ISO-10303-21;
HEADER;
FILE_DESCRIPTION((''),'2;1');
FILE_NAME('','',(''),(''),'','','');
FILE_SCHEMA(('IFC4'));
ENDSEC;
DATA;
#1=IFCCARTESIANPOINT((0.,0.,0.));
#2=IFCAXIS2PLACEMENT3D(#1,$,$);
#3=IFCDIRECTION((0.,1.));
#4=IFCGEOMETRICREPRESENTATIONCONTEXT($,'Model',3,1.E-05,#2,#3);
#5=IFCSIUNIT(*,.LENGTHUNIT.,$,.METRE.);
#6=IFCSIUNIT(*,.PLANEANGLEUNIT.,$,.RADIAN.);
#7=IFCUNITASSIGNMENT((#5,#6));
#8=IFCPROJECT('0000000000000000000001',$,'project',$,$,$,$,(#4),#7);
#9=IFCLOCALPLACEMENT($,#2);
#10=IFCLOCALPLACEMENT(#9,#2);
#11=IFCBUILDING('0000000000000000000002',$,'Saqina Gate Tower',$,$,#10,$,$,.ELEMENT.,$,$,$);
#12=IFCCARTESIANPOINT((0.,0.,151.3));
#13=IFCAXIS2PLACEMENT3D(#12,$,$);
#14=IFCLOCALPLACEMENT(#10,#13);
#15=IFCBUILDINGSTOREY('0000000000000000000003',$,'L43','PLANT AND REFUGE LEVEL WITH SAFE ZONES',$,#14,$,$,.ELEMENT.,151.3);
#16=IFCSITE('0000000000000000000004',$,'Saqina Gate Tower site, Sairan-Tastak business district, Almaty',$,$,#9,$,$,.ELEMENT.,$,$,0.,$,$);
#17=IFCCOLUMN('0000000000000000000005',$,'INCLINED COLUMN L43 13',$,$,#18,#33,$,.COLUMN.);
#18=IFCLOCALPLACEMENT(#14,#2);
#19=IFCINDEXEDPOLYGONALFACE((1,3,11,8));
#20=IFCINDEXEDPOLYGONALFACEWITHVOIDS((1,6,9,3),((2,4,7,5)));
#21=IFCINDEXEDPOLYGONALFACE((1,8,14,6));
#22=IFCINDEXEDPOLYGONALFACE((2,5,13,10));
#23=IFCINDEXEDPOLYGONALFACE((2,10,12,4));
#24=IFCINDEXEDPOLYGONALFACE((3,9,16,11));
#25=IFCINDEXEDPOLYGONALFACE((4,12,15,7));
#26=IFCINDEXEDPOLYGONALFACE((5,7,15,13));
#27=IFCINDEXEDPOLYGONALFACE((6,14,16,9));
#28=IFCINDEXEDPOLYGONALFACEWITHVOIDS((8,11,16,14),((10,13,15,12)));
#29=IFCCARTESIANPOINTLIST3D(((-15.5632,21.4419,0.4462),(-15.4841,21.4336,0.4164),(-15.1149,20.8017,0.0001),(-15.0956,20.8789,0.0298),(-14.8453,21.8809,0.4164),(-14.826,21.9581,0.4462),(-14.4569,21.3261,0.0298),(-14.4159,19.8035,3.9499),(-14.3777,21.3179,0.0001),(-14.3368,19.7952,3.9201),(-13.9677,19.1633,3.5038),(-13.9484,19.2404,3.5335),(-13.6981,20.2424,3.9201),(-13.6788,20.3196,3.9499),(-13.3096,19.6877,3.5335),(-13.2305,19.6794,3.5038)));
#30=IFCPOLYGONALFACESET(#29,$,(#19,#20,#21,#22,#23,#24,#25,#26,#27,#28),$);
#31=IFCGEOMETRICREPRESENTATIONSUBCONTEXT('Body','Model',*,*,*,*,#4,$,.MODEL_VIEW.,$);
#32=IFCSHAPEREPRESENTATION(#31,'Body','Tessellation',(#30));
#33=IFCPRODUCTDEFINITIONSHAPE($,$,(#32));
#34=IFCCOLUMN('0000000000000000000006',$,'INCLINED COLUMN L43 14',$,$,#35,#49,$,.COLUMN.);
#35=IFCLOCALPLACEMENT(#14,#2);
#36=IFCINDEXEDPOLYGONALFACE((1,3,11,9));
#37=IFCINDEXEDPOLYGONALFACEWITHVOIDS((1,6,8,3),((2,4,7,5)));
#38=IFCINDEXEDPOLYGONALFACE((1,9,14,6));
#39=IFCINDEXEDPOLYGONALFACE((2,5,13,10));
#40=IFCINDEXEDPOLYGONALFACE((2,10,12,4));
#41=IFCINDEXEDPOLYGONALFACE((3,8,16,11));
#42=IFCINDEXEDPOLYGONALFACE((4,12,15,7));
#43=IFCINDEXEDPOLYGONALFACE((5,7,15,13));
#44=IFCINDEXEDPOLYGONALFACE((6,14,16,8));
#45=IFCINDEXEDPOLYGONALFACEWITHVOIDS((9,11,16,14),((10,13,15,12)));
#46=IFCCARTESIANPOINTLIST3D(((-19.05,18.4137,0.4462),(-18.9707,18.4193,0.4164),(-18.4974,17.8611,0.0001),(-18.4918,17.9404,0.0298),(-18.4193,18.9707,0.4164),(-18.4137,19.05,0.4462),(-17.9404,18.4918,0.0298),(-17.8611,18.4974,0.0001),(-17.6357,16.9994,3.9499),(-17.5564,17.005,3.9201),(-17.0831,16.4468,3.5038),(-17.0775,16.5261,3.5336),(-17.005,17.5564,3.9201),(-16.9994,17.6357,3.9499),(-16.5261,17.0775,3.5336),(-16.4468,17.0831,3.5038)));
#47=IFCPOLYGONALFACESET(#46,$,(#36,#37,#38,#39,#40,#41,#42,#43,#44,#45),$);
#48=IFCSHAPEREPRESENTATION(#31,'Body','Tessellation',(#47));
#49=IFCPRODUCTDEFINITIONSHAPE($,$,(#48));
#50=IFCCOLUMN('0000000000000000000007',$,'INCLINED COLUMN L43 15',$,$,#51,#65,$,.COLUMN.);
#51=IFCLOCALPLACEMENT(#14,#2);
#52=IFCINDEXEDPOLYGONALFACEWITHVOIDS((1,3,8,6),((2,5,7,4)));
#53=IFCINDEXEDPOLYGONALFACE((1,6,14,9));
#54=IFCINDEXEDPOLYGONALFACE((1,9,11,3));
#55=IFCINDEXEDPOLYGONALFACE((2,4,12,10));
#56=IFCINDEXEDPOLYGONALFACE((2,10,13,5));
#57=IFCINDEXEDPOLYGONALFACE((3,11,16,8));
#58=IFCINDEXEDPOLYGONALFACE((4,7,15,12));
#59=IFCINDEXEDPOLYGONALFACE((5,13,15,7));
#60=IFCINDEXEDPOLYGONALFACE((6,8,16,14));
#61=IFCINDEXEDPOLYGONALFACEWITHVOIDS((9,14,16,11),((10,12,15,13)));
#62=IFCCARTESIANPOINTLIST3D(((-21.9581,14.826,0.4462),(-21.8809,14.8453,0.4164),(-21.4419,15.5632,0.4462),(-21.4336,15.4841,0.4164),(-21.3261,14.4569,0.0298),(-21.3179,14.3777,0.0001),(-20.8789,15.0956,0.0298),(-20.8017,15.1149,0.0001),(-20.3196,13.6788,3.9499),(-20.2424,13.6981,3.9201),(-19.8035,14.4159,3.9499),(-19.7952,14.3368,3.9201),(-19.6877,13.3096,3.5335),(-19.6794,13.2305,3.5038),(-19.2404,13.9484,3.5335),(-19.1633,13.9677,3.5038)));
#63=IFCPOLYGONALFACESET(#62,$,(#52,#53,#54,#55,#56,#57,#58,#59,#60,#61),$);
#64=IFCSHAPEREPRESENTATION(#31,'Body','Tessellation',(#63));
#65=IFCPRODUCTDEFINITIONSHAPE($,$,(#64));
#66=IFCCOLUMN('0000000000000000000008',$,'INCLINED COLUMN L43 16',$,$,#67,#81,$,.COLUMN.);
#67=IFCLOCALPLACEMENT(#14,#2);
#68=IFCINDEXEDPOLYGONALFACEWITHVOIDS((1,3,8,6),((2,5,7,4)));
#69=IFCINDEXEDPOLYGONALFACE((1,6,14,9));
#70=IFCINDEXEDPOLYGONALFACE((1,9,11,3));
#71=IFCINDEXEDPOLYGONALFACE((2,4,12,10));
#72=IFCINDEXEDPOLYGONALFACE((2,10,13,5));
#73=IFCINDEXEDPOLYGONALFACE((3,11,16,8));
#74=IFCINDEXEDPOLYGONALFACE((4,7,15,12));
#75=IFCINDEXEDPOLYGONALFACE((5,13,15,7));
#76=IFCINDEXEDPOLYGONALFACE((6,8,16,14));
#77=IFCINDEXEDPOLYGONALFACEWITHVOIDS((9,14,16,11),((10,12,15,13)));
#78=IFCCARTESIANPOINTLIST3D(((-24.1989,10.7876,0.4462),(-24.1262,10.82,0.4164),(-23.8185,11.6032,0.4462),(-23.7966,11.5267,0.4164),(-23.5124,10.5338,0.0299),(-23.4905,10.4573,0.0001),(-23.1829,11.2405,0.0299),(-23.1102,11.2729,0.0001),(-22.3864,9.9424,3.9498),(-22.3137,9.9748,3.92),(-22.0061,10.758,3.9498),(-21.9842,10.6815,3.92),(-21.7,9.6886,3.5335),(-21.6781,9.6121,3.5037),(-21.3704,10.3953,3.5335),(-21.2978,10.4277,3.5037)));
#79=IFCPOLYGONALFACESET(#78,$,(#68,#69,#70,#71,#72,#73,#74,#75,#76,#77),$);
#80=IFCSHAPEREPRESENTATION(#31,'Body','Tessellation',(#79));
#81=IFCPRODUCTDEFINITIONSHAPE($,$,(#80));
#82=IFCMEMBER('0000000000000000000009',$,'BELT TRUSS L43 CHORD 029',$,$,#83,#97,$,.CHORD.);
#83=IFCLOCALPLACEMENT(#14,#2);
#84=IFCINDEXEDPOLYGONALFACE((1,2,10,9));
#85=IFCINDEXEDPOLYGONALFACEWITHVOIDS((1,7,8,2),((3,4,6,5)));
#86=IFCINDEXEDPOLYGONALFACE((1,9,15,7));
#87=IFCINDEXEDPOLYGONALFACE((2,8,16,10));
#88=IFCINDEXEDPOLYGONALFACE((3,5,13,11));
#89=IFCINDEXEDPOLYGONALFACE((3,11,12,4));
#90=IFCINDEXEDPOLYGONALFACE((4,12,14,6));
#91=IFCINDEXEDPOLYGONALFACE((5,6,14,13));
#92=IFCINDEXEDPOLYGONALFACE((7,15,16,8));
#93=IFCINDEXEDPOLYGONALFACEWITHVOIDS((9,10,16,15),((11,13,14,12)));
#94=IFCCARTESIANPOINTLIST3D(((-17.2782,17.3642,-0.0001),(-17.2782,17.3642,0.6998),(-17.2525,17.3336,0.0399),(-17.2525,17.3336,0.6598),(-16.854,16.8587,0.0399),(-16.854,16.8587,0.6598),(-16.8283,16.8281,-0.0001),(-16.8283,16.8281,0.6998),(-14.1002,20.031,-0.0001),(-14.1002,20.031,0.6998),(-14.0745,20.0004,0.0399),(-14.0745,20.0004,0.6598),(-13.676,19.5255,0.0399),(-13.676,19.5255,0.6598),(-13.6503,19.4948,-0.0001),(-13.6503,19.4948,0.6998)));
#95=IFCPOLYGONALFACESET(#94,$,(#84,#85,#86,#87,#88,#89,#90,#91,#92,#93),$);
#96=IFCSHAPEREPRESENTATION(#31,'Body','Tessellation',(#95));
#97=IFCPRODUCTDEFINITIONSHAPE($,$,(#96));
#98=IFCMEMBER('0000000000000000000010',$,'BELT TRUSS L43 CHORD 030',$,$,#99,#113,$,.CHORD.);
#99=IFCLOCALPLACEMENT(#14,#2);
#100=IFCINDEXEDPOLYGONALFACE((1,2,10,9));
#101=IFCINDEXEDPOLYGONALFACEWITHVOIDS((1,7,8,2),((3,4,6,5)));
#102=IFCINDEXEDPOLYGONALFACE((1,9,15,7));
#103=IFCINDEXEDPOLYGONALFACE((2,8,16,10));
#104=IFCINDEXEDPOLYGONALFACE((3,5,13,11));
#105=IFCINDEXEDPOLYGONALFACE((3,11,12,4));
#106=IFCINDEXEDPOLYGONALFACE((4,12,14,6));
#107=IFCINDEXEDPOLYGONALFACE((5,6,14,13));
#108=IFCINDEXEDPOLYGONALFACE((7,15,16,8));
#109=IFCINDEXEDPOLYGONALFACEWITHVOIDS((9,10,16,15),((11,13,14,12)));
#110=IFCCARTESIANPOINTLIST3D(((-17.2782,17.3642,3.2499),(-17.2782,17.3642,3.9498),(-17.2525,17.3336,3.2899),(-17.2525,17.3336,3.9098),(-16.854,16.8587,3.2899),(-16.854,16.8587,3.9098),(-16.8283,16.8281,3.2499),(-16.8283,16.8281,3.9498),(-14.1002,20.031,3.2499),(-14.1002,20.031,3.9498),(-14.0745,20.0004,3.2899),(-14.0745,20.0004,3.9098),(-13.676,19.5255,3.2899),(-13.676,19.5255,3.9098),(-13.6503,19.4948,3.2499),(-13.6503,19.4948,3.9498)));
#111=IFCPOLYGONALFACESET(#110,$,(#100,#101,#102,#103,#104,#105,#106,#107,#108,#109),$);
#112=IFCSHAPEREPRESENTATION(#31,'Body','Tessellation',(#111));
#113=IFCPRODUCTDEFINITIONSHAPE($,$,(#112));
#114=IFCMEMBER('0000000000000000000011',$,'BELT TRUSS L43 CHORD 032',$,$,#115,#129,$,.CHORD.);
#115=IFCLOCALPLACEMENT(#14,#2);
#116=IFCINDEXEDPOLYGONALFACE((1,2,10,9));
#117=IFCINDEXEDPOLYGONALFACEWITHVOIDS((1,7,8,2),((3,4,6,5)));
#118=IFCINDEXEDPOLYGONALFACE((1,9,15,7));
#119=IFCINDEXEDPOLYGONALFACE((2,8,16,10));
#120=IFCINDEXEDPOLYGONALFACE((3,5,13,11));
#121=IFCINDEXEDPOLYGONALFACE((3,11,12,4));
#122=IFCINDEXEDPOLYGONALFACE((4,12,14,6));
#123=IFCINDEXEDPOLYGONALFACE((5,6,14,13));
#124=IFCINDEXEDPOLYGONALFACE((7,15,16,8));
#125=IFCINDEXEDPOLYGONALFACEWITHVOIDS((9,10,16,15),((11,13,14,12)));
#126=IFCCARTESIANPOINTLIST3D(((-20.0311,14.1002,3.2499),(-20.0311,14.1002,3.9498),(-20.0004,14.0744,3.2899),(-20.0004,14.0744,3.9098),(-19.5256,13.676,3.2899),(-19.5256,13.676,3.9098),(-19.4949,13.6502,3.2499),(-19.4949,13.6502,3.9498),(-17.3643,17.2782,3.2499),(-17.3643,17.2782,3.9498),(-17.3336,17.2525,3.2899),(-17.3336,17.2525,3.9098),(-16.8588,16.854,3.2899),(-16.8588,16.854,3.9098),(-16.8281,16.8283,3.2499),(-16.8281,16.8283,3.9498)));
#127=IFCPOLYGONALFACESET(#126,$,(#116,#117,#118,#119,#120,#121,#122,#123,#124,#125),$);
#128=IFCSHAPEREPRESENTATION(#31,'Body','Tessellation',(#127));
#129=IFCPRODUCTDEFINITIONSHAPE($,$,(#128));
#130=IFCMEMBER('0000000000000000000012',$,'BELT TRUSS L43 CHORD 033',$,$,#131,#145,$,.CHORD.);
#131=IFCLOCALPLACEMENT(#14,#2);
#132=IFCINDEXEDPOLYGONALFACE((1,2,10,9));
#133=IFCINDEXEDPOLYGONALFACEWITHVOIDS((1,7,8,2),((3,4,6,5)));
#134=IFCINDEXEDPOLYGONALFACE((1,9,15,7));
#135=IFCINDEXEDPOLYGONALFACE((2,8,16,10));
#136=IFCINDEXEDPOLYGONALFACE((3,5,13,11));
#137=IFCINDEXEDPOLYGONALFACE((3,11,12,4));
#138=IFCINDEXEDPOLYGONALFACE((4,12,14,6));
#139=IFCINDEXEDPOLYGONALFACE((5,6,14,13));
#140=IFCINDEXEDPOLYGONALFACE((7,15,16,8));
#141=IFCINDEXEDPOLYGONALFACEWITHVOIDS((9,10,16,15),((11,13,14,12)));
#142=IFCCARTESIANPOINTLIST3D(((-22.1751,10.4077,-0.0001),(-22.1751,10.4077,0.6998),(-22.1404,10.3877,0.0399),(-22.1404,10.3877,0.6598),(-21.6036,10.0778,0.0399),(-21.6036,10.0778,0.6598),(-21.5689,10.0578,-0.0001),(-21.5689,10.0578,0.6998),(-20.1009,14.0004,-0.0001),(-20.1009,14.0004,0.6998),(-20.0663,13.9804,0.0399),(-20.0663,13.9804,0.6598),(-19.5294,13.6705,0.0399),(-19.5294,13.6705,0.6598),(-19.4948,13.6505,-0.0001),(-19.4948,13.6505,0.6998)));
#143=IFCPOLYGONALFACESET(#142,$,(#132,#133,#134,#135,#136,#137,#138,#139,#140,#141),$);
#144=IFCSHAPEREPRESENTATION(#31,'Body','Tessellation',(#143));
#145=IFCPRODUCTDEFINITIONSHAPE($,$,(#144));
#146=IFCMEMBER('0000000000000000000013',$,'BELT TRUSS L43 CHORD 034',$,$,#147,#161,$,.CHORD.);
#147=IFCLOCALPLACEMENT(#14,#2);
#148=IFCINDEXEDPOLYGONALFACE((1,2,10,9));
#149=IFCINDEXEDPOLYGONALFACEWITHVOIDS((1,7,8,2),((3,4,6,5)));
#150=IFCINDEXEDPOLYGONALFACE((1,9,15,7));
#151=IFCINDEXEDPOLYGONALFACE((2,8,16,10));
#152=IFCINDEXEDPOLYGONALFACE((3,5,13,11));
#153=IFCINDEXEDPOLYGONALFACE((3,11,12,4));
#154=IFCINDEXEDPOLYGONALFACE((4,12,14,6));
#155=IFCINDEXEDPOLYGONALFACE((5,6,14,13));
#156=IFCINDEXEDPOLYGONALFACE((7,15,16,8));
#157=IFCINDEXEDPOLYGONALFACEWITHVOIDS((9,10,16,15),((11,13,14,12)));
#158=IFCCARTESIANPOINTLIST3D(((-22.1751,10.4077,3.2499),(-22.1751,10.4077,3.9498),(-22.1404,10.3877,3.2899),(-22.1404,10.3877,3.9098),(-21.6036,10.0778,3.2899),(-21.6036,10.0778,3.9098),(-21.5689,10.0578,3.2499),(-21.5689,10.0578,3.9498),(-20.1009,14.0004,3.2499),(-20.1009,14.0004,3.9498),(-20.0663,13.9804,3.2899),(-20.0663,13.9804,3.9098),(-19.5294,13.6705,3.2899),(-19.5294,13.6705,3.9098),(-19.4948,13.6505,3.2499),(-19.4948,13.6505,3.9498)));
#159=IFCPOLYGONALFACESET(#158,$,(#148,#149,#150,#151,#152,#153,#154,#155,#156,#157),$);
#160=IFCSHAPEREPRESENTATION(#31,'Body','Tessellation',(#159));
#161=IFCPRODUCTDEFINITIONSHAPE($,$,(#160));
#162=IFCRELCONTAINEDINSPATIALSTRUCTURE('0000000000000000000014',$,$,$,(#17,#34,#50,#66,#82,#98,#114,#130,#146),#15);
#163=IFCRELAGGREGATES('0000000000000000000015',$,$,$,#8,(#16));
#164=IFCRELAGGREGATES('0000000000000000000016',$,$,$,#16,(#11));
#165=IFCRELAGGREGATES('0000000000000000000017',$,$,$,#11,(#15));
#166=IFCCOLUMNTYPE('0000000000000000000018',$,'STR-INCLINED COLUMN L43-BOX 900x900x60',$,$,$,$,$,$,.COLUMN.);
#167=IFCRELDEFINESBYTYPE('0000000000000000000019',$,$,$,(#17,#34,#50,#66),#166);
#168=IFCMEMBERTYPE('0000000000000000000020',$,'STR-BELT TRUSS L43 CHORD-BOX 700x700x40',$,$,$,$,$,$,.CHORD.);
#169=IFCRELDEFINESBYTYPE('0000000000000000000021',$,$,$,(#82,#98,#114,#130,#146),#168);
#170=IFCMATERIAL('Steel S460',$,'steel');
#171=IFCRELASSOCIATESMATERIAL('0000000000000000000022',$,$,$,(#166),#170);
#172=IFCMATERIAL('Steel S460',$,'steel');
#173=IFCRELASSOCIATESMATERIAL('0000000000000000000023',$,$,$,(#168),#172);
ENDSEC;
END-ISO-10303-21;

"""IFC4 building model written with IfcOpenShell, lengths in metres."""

from ifc_helpers import new_model, si_unit, direction, frame, origin, origin_2d, place, context, subcontext, project, spatial, hollow_rectangle, extrude, material, material_profile, profile_set, type_object, element, save


model = new_model("IFC4")

# Units and contexts
model_context = context("Model", 3, precision=1e-05, world=origin(), true_north=direction((0.0, 1.0)))
body_context = subcontext(model_context, "Body", "Model", "MODEL_VIEW")
ifc_project = project(units=[si_unit("LENGTHUNIT", "METRE"), si_unit("PLANEANGLEUNIT", "RADIAN")], contexts=[model_context])

# Site, building, storey
site_placement = place(None, origin())
site = spatial("IfcSite", under=ifc_project, at=site_placement, Name="Saqina Gate Tower site, Sairan-Tastak business district, Almaty", CompositionType="ELEMENT", RefElevation=0.0)
building_placement = place(site_placement, origin())
building = spatial("IfcBuilding", under=site, at=building_placement, Name="Saqina Gate Tower", CompositionType="ELEMENT")
storey_placement = place(building_placement, frame((0.0, 0.0, 151.3)))
storey = spatial("IfcBuildingStorey", under=building, at=storey_placement, Name="L43", Description="PLANT AND REFUGE LEVEL WITH SAFE ZONES", CompositionType="ELEMENT", Elevation=151.3)

# Columns
ifc_material_1 = material(Name="Steel S460", Category="steel")
ifc_material_profile_1 = material_profile(ifc_material_1, hollow_rectangle(XDim=0.8999, YDim=0.8999, WallThickness=0.0601, at=origin_2d()), Name="BOX 900x900x60")
ifc_profile_set_1 = profile_set([ifc_material_profile_1], Name="Steel S460")
column_type = type_object("IfcColumnType", Name="STR-INCLINED COLUMN L43-BOX 900x900x60", PredefinedType="COLUMN", material=ifc_profile_set_1)
for number, where, z_axis, x_axis, name in (
    (1, (-14.9705, 21.3799, 0.2231), (0.28436, -0.406117, 0.868452), (0.819157, 0.573569, 0.0), "INCLINED COLUMN L43 13"),
    (2, (-18.4556, 18.4556, 0.2231), (0.350564, -0.350564, 0.868452), (0.707107, 0.707107, 0.0), "INCLINED COLUMN L43 14"),
    (3, (-21.3799, 14.9705, 0.2231), (0.406117, -0.28436, 0.868452), (0.573569, 0.819157, 0.0), "INCLINED COLUMN L43 15"),
):
    element("IfcColumn", number, at=place(storey_placement, frame(where, z_axis=z_axis, x_axis=x_axis)), inside=storey, type_object=column_type, Name=name, PredefinedType="COLUMN", context=body_context, shape_type="SweptSolid", body=[
        extrude(hollow_rectangle(XDim=0.8999, YDim=0.8999, WallThickness=0.0601, at=origin_2d()), origin(), (0.0, 0.0, 1.0), 4.0344),
    ])
column_placement = place(storey_placement, frame((-23.6545, 11.0303, 0.2231), z_axis=(0.449278, -0.20951, 0.868479), x_axis=(0.422631, 0.906302, 0.0)))
element("IfcColumn", 4, at=column_placement, inside=storey, type_object=column_type, Name="INCLINED COLUMN L43 16", PredefinedType="COLUMN", context=body_context, shape_type="SweptSolid", body=[
    extrude(hollow_rectangle(XDim=0.8999, YDim=0.8999, WallThickness=0.0601, at=origin_2d()), origin(), (0.0, 0.0, 1.0), 4.0342),
])

# Members
ifc_material_2 = material(Name="Steel S460", Category="steel")
ifc_material_profile_2 = material_profile(ifc_material_2, hollow_rectangle(XDim=0.7, YDim=0.7, WallThickness=0.04, at=origin_2d()), Name="BOX 700x700x40")
ifc_profile_set_2 = profile_set([ifc_material_profile_2], Name="Steel S460")
member_type_1 = type_object("IfcMemberType", Name="STR-BELT TRUSS L43 CHORD-BOX 700x700x40", PredefinedType="CHORD", material=ifc_profile_set_2)
for number, where, z_axis, x_axis, name in (
    (5, (-13.8752, 19.7629, 0.3499), (-0.766032, -0.642803, 0.0), (0.642803, -0.766032, 0.0), "BELT TRUSS L43 CHORD 029"),
    (6, (-13.8752, 19.7629, 3.5999), (-0.766032, -0.642803, 0.0), (0.642803, -0.766032, 0.0), "BELT TRUSS L43 CHORD 030"),
    (7, (-17.0962, 17.0532, 3.5999), (-0.642803, -0.766032, 0.0), (0.766032, -0.642803, 0.0), "BELT TRUSS L43 CHORD 032"),
):
    element("IfcMember", number, at=place(storey_placement, frame(where, z_axis=z_axis, x_axis=x_axis)), inside=storey, type_object=member_type_1, Name=name, PredefinedType="CHORD", context=body_context, shape_type="SweptSolid", body=[
        extrude(hollow_rectangle(XDim=0.7, YDim=0.7, WallThickness=0.04, at=origin_2d()), origin(), (0.0, 0.0, 1.0), 4.1487),
    ])
for number, where, z_axis, x_axis, name in (
    (8, (-19.7979, 13.8254, 0.3499), (-0.499987, -0.866033, 0.0), (0.866033, -0.499987, 0.0), "BELT TRUSS L43 CHORD 033"),
    (9, (-19.7979, 13.8254, 3.5999), (-0.499987, -0.866033, 0.0), (0.866033, -0.499987, 0.0), "BELT TRUSS L43 CHORD 034"),
):
    element("IfcMember", number, at=place(storey_placement, frame(where, z_axis=z_axis, x_axis=x_axis)), inside=storey, type_object=member_type_1, Name=name, PredefinedType="CHORD", context=body_context, shape_type="SweptSolid", body=[
        extrude(hollow_rectangle(XDim=0.7, YDim=0.7, WallThickness=0.04, at=origin_2d()), origin(), (0.0, 0.0, 1.0), 4.1484),
    ])

save(model, "model.ifc")
